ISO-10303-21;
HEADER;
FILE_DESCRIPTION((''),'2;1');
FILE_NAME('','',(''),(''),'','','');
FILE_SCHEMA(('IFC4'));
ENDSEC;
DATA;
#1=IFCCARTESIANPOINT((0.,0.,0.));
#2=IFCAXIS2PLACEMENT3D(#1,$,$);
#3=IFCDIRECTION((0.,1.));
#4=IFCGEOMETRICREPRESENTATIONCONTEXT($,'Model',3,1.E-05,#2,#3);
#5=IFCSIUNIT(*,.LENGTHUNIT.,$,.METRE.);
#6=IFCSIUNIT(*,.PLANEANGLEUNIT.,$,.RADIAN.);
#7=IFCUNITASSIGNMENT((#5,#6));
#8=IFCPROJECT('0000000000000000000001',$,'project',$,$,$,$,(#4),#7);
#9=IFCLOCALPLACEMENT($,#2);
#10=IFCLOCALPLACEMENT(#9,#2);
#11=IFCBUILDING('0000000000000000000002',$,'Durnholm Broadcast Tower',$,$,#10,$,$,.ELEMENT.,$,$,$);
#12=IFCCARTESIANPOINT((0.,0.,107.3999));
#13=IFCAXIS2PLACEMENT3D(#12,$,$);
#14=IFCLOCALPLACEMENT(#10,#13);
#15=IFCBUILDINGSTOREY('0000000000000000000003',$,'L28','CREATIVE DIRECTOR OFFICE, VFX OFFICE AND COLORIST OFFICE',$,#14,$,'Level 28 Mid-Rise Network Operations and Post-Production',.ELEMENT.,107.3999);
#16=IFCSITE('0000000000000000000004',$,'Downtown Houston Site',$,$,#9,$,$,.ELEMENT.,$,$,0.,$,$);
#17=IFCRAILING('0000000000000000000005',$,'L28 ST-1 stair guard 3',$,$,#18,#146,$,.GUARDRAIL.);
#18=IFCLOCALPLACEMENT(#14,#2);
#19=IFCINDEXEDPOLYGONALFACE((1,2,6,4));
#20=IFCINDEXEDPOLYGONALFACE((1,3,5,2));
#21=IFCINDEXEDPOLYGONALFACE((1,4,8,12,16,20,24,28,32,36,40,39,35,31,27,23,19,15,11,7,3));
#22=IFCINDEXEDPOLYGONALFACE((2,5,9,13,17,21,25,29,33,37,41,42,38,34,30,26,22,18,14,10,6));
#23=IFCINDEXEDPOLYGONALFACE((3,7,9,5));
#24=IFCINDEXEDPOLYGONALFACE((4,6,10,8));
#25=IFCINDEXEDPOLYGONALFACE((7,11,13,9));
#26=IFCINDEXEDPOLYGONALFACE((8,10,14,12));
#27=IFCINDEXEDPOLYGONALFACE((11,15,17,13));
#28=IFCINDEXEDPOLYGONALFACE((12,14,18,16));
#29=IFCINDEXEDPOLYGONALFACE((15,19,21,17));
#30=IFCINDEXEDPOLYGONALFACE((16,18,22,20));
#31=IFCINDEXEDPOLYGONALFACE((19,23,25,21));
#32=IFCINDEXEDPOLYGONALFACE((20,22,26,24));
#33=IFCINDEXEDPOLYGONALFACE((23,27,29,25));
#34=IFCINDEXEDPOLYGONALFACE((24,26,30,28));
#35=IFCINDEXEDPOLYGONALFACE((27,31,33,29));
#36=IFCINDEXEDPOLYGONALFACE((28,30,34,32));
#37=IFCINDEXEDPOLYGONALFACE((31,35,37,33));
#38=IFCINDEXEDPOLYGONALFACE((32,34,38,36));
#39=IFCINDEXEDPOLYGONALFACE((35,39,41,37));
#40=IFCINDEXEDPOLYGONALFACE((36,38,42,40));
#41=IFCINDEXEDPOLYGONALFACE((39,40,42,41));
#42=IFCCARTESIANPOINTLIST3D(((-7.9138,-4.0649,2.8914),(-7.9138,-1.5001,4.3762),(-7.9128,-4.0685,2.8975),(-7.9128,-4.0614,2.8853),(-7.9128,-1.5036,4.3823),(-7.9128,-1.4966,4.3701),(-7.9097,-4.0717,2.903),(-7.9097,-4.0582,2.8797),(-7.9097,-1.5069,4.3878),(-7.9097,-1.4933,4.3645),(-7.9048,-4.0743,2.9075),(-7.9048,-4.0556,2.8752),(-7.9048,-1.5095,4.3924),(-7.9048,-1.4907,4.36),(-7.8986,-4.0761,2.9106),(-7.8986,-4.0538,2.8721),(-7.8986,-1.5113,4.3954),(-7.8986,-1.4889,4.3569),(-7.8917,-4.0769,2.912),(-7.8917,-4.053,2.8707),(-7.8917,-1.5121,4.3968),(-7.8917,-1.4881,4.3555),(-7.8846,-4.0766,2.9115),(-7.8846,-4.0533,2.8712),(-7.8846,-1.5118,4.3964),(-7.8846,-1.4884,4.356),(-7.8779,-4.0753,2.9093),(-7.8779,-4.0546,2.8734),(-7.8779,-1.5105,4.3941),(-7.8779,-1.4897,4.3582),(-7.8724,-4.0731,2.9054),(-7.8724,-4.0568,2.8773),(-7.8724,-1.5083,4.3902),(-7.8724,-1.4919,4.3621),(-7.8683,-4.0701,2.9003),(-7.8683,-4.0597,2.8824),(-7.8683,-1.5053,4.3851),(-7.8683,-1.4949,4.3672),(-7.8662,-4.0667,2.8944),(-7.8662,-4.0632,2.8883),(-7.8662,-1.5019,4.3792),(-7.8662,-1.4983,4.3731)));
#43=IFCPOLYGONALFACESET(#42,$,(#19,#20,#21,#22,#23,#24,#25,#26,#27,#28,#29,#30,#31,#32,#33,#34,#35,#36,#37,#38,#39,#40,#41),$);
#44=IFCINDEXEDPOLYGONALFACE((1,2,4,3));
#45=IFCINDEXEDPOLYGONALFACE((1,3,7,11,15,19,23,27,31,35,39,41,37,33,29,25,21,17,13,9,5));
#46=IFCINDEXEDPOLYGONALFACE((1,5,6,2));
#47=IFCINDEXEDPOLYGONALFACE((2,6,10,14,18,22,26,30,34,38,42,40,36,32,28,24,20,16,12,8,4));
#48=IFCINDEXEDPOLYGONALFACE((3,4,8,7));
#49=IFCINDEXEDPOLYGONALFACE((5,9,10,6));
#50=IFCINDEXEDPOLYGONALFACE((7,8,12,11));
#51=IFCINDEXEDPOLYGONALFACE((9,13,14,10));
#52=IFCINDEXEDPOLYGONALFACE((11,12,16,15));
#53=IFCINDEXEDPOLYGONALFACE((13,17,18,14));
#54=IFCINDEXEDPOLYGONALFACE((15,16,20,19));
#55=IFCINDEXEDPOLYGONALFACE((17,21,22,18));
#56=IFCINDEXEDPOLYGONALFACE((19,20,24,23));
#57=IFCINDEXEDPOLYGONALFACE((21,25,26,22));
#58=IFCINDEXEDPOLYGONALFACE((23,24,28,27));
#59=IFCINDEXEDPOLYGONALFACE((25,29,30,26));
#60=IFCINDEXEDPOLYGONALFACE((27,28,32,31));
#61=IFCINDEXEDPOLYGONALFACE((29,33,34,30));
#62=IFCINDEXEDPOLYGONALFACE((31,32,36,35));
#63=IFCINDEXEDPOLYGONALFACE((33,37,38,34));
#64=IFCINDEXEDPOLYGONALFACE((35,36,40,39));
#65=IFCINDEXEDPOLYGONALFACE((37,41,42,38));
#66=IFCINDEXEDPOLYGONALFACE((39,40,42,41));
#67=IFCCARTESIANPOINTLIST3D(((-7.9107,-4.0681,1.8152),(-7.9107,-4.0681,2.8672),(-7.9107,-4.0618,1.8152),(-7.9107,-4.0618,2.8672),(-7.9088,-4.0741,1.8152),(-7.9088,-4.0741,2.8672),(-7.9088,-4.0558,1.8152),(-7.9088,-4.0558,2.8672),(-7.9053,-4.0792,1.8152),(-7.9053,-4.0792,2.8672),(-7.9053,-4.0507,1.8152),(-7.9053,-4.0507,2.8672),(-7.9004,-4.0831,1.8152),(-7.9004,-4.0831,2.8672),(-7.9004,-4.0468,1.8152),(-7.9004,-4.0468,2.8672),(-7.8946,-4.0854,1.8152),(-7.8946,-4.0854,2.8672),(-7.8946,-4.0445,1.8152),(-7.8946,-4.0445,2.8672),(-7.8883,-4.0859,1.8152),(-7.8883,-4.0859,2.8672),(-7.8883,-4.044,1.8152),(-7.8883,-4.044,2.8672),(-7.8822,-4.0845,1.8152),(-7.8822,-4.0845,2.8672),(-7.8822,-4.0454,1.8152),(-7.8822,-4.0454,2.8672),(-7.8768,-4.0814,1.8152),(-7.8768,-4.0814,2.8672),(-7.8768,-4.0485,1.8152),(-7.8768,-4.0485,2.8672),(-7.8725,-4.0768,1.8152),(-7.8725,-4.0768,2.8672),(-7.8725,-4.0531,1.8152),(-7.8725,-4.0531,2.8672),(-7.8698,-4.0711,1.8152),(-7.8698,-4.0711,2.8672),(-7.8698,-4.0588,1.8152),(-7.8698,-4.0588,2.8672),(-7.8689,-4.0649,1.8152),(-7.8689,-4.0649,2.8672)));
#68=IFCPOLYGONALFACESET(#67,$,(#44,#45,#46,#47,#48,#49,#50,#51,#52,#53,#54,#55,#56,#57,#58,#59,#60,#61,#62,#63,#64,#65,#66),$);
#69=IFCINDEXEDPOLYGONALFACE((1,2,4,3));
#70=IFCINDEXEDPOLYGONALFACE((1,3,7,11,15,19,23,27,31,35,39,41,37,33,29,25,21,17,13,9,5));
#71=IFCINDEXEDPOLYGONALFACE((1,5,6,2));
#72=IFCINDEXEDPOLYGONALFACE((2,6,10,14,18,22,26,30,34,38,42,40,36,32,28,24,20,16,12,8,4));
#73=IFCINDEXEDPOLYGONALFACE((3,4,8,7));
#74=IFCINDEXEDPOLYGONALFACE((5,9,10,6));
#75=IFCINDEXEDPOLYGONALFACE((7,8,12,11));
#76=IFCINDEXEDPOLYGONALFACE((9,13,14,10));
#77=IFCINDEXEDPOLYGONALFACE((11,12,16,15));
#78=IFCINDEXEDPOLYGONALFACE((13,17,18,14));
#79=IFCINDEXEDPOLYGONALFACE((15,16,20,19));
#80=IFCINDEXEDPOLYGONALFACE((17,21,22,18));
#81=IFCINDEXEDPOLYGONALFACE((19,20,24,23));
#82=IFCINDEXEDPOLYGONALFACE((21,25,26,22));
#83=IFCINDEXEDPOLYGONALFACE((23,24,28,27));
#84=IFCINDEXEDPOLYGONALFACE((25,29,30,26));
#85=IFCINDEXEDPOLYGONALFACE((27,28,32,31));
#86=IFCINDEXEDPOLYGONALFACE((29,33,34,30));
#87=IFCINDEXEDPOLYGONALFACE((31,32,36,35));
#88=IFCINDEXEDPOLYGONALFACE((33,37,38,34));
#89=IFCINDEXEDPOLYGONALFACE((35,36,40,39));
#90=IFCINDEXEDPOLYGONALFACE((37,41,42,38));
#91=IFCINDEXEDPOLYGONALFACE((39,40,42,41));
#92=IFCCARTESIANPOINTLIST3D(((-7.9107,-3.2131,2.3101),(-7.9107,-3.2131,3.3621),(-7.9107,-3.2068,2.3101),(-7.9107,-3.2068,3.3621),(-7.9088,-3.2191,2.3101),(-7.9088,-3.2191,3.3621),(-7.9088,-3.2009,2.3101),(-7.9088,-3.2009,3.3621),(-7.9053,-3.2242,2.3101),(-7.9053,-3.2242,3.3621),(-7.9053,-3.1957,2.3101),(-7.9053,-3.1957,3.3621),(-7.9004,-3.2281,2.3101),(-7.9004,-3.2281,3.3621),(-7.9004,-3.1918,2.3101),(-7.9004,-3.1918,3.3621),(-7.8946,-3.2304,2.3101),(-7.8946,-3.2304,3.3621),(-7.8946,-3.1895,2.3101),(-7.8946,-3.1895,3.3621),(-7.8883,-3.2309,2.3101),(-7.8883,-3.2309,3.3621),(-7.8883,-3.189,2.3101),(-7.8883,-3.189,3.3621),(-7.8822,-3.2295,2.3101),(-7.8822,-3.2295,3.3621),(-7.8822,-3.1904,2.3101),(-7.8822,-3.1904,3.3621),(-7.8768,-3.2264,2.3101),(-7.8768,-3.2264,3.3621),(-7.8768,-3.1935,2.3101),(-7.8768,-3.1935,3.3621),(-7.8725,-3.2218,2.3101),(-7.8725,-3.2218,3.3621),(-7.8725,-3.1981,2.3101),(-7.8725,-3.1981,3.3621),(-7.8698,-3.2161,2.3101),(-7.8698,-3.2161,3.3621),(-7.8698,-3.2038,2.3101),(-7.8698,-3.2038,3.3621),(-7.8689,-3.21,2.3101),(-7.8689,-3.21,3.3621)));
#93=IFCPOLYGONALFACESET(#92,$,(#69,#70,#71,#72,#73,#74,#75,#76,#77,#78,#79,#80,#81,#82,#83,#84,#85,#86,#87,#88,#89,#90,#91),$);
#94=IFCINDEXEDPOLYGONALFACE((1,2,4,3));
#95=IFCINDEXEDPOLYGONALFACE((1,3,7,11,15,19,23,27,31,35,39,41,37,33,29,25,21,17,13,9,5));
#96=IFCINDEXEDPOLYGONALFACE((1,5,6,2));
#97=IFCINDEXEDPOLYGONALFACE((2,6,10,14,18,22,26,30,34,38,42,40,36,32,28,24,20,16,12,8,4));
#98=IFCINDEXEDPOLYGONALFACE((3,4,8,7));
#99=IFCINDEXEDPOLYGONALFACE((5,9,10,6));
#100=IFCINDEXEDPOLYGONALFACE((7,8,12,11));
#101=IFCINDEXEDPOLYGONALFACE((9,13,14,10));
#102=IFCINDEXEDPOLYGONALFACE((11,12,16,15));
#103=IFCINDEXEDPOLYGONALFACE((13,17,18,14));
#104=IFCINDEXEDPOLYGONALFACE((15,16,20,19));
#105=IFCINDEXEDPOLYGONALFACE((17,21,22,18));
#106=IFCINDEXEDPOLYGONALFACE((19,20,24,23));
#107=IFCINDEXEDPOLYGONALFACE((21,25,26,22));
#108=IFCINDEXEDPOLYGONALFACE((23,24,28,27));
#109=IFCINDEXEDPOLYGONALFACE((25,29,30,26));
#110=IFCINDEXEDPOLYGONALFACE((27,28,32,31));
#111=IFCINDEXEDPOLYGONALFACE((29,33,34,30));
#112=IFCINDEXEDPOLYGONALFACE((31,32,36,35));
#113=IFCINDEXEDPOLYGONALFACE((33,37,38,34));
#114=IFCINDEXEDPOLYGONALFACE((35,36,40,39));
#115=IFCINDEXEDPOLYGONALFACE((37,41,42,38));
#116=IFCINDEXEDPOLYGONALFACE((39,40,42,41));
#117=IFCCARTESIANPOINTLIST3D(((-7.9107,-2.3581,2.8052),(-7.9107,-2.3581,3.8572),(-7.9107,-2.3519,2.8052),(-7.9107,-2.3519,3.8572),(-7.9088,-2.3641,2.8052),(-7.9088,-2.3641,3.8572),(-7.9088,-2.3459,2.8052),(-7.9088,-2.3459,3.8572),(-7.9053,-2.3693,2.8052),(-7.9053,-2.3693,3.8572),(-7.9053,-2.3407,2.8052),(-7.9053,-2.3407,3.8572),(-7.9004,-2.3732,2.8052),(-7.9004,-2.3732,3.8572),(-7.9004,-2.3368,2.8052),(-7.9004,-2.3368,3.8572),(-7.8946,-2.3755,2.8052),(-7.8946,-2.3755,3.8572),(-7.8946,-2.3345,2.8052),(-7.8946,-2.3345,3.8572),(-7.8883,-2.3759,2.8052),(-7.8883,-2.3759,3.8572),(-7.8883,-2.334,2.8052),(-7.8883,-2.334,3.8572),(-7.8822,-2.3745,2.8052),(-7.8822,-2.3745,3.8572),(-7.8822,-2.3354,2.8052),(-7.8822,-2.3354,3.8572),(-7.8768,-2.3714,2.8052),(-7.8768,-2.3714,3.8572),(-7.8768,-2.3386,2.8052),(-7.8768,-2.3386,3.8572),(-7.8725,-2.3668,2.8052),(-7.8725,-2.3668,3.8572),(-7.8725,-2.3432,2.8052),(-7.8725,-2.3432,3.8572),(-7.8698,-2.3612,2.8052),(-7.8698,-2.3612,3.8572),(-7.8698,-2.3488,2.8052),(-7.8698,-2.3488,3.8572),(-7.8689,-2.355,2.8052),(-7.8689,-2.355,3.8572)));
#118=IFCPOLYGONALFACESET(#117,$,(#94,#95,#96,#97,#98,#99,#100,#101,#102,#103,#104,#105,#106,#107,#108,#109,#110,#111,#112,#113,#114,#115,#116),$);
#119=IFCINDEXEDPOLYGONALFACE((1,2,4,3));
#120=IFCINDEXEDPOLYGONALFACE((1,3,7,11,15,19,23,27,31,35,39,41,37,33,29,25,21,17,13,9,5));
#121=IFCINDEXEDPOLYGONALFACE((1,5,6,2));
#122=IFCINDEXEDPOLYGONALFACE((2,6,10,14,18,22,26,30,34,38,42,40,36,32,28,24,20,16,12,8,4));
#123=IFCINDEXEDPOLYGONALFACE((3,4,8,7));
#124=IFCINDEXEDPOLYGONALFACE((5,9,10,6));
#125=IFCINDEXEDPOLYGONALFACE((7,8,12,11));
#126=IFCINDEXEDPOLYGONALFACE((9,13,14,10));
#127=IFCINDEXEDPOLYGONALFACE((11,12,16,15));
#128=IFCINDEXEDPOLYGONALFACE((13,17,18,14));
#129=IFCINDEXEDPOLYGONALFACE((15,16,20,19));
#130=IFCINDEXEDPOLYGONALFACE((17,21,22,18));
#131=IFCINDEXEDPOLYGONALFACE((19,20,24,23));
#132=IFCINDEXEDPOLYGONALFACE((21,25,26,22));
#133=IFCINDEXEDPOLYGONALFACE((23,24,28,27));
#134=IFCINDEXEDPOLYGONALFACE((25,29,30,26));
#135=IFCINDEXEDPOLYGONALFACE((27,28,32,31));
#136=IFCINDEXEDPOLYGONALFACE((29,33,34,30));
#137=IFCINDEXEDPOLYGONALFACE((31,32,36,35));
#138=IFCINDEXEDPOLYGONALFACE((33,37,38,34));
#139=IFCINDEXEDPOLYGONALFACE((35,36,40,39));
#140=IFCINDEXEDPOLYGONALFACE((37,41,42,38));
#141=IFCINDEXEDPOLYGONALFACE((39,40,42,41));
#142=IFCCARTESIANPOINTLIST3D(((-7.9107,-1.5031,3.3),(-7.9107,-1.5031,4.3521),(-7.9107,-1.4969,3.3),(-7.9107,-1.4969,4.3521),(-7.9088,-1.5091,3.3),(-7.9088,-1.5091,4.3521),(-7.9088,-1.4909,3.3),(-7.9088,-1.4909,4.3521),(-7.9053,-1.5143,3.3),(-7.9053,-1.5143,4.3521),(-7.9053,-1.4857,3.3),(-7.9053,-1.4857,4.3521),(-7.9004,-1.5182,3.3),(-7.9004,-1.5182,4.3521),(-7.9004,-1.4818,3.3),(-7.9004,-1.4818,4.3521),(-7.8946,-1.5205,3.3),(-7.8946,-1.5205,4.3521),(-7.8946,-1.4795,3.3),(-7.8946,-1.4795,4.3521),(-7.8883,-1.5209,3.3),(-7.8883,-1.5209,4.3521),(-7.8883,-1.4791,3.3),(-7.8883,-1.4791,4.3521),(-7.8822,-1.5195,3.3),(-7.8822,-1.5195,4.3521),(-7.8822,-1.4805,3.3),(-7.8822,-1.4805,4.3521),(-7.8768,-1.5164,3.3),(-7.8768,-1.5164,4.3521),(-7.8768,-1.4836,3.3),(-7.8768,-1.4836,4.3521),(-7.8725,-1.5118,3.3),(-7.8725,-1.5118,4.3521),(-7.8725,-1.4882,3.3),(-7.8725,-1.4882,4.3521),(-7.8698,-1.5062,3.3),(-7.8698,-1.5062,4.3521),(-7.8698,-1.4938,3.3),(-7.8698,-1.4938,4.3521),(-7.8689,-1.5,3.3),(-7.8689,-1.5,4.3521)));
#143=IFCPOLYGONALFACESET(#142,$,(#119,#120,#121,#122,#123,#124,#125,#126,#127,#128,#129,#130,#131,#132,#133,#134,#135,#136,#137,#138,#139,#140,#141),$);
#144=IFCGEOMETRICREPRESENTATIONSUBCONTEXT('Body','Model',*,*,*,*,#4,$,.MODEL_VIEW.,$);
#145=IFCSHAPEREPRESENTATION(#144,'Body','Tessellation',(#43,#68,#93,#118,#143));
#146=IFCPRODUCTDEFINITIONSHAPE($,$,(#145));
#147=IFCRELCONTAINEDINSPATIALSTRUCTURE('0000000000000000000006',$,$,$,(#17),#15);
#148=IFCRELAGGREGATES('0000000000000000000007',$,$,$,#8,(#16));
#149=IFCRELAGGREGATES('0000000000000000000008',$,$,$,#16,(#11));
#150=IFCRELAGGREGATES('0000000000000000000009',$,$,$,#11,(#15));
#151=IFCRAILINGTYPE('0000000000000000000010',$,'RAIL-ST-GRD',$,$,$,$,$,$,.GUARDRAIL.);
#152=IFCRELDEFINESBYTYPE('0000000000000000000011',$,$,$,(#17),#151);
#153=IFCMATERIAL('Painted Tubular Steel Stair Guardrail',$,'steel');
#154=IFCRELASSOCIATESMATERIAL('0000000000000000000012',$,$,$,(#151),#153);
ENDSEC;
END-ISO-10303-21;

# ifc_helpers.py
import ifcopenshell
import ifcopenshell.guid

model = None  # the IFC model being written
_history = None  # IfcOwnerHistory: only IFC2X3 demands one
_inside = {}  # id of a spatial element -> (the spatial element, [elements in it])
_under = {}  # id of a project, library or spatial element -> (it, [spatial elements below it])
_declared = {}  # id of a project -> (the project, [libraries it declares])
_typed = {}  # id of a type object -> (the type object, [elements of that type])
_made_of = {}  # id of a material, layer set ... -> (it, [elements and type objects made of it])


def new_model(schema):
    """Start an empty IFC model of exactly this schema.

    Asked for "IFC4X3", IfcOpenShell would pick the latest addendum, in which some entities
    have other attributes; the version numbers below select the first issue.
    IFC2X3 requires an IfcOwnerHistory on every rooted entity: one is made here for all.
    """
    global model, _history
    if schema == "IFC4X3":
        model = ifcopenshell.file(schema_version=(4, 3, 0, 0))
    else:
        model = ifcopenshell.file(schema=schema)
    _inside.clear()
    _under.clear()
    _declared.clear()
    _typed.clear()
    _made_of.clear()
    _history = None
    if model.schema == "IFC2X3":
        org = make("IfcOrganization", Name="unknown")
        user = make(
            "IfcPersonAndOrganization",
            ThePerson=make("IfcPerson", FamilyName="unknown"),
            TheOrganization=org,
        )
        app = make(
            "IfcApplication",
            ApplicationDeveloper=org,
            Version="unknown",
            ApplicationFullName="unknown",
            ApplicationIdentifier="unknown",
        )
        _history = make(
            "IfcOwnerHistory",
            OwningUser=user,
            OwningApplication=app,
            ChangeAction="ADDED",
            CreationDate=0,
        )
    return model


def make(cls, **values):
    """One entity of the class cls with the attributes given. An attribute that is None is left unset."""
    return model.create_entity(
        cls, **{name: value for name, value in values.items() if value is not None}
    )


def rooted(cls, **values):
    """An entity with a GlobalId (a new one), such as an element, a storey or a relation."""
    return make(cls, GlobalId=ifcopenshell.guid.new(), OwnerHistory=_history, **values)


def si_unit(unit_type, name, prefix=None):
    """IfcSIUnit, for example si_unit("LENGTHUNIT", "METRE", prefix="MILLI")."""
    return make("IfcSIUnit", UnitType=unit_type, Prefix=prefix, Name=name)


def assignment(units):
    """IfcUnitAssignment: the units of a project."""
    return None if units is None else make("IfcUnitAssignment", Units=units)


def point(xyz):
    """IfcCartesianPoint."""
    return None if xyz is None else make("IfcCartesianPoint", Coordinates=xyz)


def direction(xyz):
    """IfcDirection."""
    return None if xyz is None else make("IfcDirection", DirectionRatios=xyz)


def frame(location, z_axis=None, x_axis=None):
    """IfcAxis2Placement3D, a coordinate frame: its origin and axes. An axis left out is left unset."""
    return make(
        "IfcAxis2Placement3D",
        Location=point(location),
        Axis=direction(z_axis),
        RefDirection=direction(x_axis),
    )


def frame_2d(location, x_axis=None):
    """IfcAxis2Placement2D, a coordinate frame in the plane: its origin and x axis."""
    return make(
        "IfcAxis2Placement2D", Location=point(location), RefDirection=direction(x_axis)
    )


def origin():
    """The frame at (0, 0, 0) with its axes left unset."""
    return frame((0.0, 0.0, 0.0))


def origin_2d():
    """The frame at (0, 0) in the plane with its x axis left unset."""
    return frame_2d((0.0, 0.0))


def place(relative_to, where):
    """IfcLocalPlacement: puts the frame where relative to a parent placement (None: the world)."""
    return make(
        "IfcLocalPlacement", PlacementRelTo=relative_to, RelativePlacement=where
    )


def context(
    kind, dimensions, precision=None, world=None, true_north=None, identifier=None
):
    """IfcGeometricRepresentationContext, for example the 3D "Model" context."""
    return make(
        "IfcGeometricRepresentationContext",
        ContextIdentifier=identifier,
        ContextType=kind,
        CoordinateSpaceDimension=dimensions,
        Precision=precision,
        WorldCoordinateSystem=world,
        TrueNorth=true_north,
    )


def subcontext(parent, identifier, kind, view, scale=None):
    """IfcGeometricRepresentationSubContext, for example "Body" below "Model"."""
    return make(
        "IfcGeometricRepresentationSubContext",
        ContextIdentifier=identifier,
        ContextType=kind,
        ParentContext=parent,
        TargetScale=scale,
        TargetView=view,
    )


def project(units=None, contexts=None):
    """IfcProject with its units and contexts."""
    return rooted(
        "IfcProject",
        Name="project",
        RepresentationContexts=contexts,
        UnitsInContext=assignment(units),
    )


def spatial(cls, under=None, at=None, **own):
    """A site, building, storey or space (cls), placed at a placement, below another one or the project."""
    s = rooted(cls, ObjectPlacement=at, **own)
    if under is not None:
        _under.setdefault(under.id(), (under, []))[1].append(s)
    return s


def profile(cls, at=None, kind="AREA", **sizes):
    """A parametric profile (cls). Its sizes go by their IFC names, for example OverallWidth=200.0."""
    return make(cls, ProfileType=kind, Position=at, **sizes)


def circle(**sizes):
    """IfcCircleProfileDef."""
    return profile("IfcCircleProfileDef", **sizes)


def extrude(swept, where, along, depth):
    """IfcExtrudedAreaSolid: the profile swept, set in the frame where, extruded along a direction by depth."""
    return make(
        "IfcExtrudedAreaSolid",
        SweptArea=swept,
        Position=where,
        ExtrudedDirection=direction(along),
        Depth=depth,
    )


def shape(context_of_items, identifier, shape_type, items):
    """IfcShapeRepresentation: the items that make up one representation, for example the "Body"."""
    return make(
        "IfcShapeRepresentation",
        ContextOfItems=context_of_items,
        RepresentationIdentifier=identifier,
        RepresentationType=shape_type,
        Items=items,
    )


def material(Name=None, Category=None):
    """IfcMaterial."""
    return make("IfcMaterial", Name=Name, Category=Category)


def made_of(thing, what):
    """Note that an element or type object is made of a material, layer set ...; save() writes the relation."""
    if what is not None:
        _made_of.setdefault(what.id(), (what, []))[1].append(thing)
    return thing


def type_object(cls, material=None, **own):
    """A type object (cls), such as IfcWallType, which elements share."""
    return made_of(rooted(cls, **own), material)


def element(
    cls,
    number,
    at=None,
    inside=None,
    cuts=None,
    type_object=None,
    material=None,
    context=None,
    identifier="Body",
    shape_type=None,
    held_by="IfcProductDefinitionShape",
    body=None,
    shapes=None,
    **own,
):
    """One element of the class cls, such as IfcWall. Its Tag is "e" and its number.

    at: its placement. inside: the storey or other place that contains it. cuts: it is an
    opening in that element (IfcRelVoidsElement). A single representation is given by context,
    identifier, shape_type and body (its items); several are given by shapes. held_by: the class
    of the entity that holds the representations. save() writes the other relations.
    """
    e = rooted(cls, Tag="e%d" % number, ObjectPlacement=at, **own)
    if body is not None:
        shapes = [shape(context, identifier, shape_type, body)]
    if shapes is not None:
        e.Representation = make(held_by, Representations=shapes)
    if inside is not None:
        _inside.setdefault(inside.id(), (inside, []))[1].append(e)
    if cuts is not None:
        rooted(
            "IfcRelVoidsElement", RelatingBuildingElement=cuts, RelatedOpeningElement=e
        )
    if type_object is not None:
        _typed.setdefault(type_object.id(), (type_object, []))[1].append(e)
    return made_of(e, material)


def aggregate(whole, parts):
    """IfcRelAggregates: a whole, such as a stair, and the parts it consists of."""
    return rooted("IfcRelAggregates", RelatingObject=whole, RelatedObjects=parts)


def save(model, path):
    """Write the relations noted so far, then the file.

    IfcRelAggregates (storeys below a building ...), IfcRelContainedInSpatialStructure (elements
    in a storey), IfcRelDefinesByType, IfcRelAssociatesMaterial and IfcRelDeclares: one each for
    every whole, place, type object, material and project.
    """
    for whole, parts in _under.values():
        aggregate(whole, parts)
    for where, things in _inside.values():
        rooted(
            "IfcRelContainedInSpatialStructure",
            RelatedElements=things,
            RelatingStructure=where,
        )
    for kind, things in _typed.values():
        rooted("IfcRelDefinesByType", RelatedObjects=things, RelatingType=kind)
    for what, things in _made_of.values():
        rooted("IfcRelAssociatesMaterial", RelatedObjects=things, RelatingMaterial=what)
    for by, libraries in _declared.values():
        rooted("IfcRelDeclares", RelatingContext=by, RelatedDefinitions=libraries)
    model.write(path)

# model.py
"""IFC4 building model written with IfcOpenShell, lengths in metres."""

from ifc_helpers import new_model, si_unit, direction, frame, origin, origin_2d, place, context, subcontext, project, spatial, circle, extrude, material, type_object, element, save


model = new_model("IFC4")

# Units and contexts
model_context = context("Model", 3, precision=1e-05, world=origin(), true_north=direction((0.0, 1.0)))
body_context = subcontext(model_context, "Body", "Model", "MODEL_VIEW")
ifc_project = project(units=[si_unit("LENGTHUNIT", "METRE"), si_unit("PLANEANGLEUNIT", "RADIAN")], contexts=[model_context])

# Site, building, storey
site_placement = place(None, origin())
site = spatial("IfcSite", under=ifc_project, at=site_placement, Name="Downtown Houston Site", CompositionType="ELEMENT", RefElevation=0.0)
building_placement = place(site_placement, origin())
building = spatial("IfcBuilding", under=site, at=building_placement, Name="Durnholm Broadcast Tower", CompositionType="ELEMENT")
storey_placement = place(building_placement, frame((0.0, 0.0, 107.3999)))
storey = spatial("IfcBuildingStorey", under=building, at=storey_placement, Name="L28", Description="CREATIVE DIRECTOR OFFICE, VFX OFFICE AND COLORIST OFFICE", LongName="Level 28 Mid-Rise Network Operations and Post-Production", CompositionType="ELEMENT", Elevation=107.3999)

# Railing
ifc_material_1 = material(Name="Painted Tubular Steel Stair Guardrail", Category="steel")
railing_type_1 = type_object("IfcRailingType", Name="RAIL-ST-GRD", PredefinedType="GUARDRAIL", material=ifc_material_1)
railing_1_placement = place(storey_placement, frame((-7.8899, -4.0649, 1.8152)))
element("IfcRailing", 1, at=railing_1_placement, inside=storey, type_object=railing_type_1, Name="L28 ST-1 stair guard 3", PredefinedType="GUARDRAIL", context=body_context, shape_type="SweptSolid", body=[
    extrude(circle(Radius=0.0239, at=origin_2d()), frame((0.0, 0.0, 1.0762), z_axis=(0.0, 0.865441, 0.50101), x_axis=(-1.0, 0.0, 0.0)), (0.0, 0.0, 1.0), 2.9636),
    extrude(circle(Radius=0.021, at=origin_2d()), origin(), (0.0, 0.0, 1.0), 1.052),
    extrude(circle(Radius=0.021, at=origin_2d()), frame((0.0, 0.855, 0.4949)), (0.0, 0.0, 1.0), 1.052),
    extrude(circle(Radius=0.021, at=origin_2d()), frame((0.0, 1.71, 0.99)), (0.0, 0.0, 1.0), 1.052),
    extrude(circle(Radius=0.021, at=origin_2d()), frame((0.0, 2.5649, 1.4849)), (0.0, 0.0, 1.0), 1.052),
])

save(model, "model.ifc")
